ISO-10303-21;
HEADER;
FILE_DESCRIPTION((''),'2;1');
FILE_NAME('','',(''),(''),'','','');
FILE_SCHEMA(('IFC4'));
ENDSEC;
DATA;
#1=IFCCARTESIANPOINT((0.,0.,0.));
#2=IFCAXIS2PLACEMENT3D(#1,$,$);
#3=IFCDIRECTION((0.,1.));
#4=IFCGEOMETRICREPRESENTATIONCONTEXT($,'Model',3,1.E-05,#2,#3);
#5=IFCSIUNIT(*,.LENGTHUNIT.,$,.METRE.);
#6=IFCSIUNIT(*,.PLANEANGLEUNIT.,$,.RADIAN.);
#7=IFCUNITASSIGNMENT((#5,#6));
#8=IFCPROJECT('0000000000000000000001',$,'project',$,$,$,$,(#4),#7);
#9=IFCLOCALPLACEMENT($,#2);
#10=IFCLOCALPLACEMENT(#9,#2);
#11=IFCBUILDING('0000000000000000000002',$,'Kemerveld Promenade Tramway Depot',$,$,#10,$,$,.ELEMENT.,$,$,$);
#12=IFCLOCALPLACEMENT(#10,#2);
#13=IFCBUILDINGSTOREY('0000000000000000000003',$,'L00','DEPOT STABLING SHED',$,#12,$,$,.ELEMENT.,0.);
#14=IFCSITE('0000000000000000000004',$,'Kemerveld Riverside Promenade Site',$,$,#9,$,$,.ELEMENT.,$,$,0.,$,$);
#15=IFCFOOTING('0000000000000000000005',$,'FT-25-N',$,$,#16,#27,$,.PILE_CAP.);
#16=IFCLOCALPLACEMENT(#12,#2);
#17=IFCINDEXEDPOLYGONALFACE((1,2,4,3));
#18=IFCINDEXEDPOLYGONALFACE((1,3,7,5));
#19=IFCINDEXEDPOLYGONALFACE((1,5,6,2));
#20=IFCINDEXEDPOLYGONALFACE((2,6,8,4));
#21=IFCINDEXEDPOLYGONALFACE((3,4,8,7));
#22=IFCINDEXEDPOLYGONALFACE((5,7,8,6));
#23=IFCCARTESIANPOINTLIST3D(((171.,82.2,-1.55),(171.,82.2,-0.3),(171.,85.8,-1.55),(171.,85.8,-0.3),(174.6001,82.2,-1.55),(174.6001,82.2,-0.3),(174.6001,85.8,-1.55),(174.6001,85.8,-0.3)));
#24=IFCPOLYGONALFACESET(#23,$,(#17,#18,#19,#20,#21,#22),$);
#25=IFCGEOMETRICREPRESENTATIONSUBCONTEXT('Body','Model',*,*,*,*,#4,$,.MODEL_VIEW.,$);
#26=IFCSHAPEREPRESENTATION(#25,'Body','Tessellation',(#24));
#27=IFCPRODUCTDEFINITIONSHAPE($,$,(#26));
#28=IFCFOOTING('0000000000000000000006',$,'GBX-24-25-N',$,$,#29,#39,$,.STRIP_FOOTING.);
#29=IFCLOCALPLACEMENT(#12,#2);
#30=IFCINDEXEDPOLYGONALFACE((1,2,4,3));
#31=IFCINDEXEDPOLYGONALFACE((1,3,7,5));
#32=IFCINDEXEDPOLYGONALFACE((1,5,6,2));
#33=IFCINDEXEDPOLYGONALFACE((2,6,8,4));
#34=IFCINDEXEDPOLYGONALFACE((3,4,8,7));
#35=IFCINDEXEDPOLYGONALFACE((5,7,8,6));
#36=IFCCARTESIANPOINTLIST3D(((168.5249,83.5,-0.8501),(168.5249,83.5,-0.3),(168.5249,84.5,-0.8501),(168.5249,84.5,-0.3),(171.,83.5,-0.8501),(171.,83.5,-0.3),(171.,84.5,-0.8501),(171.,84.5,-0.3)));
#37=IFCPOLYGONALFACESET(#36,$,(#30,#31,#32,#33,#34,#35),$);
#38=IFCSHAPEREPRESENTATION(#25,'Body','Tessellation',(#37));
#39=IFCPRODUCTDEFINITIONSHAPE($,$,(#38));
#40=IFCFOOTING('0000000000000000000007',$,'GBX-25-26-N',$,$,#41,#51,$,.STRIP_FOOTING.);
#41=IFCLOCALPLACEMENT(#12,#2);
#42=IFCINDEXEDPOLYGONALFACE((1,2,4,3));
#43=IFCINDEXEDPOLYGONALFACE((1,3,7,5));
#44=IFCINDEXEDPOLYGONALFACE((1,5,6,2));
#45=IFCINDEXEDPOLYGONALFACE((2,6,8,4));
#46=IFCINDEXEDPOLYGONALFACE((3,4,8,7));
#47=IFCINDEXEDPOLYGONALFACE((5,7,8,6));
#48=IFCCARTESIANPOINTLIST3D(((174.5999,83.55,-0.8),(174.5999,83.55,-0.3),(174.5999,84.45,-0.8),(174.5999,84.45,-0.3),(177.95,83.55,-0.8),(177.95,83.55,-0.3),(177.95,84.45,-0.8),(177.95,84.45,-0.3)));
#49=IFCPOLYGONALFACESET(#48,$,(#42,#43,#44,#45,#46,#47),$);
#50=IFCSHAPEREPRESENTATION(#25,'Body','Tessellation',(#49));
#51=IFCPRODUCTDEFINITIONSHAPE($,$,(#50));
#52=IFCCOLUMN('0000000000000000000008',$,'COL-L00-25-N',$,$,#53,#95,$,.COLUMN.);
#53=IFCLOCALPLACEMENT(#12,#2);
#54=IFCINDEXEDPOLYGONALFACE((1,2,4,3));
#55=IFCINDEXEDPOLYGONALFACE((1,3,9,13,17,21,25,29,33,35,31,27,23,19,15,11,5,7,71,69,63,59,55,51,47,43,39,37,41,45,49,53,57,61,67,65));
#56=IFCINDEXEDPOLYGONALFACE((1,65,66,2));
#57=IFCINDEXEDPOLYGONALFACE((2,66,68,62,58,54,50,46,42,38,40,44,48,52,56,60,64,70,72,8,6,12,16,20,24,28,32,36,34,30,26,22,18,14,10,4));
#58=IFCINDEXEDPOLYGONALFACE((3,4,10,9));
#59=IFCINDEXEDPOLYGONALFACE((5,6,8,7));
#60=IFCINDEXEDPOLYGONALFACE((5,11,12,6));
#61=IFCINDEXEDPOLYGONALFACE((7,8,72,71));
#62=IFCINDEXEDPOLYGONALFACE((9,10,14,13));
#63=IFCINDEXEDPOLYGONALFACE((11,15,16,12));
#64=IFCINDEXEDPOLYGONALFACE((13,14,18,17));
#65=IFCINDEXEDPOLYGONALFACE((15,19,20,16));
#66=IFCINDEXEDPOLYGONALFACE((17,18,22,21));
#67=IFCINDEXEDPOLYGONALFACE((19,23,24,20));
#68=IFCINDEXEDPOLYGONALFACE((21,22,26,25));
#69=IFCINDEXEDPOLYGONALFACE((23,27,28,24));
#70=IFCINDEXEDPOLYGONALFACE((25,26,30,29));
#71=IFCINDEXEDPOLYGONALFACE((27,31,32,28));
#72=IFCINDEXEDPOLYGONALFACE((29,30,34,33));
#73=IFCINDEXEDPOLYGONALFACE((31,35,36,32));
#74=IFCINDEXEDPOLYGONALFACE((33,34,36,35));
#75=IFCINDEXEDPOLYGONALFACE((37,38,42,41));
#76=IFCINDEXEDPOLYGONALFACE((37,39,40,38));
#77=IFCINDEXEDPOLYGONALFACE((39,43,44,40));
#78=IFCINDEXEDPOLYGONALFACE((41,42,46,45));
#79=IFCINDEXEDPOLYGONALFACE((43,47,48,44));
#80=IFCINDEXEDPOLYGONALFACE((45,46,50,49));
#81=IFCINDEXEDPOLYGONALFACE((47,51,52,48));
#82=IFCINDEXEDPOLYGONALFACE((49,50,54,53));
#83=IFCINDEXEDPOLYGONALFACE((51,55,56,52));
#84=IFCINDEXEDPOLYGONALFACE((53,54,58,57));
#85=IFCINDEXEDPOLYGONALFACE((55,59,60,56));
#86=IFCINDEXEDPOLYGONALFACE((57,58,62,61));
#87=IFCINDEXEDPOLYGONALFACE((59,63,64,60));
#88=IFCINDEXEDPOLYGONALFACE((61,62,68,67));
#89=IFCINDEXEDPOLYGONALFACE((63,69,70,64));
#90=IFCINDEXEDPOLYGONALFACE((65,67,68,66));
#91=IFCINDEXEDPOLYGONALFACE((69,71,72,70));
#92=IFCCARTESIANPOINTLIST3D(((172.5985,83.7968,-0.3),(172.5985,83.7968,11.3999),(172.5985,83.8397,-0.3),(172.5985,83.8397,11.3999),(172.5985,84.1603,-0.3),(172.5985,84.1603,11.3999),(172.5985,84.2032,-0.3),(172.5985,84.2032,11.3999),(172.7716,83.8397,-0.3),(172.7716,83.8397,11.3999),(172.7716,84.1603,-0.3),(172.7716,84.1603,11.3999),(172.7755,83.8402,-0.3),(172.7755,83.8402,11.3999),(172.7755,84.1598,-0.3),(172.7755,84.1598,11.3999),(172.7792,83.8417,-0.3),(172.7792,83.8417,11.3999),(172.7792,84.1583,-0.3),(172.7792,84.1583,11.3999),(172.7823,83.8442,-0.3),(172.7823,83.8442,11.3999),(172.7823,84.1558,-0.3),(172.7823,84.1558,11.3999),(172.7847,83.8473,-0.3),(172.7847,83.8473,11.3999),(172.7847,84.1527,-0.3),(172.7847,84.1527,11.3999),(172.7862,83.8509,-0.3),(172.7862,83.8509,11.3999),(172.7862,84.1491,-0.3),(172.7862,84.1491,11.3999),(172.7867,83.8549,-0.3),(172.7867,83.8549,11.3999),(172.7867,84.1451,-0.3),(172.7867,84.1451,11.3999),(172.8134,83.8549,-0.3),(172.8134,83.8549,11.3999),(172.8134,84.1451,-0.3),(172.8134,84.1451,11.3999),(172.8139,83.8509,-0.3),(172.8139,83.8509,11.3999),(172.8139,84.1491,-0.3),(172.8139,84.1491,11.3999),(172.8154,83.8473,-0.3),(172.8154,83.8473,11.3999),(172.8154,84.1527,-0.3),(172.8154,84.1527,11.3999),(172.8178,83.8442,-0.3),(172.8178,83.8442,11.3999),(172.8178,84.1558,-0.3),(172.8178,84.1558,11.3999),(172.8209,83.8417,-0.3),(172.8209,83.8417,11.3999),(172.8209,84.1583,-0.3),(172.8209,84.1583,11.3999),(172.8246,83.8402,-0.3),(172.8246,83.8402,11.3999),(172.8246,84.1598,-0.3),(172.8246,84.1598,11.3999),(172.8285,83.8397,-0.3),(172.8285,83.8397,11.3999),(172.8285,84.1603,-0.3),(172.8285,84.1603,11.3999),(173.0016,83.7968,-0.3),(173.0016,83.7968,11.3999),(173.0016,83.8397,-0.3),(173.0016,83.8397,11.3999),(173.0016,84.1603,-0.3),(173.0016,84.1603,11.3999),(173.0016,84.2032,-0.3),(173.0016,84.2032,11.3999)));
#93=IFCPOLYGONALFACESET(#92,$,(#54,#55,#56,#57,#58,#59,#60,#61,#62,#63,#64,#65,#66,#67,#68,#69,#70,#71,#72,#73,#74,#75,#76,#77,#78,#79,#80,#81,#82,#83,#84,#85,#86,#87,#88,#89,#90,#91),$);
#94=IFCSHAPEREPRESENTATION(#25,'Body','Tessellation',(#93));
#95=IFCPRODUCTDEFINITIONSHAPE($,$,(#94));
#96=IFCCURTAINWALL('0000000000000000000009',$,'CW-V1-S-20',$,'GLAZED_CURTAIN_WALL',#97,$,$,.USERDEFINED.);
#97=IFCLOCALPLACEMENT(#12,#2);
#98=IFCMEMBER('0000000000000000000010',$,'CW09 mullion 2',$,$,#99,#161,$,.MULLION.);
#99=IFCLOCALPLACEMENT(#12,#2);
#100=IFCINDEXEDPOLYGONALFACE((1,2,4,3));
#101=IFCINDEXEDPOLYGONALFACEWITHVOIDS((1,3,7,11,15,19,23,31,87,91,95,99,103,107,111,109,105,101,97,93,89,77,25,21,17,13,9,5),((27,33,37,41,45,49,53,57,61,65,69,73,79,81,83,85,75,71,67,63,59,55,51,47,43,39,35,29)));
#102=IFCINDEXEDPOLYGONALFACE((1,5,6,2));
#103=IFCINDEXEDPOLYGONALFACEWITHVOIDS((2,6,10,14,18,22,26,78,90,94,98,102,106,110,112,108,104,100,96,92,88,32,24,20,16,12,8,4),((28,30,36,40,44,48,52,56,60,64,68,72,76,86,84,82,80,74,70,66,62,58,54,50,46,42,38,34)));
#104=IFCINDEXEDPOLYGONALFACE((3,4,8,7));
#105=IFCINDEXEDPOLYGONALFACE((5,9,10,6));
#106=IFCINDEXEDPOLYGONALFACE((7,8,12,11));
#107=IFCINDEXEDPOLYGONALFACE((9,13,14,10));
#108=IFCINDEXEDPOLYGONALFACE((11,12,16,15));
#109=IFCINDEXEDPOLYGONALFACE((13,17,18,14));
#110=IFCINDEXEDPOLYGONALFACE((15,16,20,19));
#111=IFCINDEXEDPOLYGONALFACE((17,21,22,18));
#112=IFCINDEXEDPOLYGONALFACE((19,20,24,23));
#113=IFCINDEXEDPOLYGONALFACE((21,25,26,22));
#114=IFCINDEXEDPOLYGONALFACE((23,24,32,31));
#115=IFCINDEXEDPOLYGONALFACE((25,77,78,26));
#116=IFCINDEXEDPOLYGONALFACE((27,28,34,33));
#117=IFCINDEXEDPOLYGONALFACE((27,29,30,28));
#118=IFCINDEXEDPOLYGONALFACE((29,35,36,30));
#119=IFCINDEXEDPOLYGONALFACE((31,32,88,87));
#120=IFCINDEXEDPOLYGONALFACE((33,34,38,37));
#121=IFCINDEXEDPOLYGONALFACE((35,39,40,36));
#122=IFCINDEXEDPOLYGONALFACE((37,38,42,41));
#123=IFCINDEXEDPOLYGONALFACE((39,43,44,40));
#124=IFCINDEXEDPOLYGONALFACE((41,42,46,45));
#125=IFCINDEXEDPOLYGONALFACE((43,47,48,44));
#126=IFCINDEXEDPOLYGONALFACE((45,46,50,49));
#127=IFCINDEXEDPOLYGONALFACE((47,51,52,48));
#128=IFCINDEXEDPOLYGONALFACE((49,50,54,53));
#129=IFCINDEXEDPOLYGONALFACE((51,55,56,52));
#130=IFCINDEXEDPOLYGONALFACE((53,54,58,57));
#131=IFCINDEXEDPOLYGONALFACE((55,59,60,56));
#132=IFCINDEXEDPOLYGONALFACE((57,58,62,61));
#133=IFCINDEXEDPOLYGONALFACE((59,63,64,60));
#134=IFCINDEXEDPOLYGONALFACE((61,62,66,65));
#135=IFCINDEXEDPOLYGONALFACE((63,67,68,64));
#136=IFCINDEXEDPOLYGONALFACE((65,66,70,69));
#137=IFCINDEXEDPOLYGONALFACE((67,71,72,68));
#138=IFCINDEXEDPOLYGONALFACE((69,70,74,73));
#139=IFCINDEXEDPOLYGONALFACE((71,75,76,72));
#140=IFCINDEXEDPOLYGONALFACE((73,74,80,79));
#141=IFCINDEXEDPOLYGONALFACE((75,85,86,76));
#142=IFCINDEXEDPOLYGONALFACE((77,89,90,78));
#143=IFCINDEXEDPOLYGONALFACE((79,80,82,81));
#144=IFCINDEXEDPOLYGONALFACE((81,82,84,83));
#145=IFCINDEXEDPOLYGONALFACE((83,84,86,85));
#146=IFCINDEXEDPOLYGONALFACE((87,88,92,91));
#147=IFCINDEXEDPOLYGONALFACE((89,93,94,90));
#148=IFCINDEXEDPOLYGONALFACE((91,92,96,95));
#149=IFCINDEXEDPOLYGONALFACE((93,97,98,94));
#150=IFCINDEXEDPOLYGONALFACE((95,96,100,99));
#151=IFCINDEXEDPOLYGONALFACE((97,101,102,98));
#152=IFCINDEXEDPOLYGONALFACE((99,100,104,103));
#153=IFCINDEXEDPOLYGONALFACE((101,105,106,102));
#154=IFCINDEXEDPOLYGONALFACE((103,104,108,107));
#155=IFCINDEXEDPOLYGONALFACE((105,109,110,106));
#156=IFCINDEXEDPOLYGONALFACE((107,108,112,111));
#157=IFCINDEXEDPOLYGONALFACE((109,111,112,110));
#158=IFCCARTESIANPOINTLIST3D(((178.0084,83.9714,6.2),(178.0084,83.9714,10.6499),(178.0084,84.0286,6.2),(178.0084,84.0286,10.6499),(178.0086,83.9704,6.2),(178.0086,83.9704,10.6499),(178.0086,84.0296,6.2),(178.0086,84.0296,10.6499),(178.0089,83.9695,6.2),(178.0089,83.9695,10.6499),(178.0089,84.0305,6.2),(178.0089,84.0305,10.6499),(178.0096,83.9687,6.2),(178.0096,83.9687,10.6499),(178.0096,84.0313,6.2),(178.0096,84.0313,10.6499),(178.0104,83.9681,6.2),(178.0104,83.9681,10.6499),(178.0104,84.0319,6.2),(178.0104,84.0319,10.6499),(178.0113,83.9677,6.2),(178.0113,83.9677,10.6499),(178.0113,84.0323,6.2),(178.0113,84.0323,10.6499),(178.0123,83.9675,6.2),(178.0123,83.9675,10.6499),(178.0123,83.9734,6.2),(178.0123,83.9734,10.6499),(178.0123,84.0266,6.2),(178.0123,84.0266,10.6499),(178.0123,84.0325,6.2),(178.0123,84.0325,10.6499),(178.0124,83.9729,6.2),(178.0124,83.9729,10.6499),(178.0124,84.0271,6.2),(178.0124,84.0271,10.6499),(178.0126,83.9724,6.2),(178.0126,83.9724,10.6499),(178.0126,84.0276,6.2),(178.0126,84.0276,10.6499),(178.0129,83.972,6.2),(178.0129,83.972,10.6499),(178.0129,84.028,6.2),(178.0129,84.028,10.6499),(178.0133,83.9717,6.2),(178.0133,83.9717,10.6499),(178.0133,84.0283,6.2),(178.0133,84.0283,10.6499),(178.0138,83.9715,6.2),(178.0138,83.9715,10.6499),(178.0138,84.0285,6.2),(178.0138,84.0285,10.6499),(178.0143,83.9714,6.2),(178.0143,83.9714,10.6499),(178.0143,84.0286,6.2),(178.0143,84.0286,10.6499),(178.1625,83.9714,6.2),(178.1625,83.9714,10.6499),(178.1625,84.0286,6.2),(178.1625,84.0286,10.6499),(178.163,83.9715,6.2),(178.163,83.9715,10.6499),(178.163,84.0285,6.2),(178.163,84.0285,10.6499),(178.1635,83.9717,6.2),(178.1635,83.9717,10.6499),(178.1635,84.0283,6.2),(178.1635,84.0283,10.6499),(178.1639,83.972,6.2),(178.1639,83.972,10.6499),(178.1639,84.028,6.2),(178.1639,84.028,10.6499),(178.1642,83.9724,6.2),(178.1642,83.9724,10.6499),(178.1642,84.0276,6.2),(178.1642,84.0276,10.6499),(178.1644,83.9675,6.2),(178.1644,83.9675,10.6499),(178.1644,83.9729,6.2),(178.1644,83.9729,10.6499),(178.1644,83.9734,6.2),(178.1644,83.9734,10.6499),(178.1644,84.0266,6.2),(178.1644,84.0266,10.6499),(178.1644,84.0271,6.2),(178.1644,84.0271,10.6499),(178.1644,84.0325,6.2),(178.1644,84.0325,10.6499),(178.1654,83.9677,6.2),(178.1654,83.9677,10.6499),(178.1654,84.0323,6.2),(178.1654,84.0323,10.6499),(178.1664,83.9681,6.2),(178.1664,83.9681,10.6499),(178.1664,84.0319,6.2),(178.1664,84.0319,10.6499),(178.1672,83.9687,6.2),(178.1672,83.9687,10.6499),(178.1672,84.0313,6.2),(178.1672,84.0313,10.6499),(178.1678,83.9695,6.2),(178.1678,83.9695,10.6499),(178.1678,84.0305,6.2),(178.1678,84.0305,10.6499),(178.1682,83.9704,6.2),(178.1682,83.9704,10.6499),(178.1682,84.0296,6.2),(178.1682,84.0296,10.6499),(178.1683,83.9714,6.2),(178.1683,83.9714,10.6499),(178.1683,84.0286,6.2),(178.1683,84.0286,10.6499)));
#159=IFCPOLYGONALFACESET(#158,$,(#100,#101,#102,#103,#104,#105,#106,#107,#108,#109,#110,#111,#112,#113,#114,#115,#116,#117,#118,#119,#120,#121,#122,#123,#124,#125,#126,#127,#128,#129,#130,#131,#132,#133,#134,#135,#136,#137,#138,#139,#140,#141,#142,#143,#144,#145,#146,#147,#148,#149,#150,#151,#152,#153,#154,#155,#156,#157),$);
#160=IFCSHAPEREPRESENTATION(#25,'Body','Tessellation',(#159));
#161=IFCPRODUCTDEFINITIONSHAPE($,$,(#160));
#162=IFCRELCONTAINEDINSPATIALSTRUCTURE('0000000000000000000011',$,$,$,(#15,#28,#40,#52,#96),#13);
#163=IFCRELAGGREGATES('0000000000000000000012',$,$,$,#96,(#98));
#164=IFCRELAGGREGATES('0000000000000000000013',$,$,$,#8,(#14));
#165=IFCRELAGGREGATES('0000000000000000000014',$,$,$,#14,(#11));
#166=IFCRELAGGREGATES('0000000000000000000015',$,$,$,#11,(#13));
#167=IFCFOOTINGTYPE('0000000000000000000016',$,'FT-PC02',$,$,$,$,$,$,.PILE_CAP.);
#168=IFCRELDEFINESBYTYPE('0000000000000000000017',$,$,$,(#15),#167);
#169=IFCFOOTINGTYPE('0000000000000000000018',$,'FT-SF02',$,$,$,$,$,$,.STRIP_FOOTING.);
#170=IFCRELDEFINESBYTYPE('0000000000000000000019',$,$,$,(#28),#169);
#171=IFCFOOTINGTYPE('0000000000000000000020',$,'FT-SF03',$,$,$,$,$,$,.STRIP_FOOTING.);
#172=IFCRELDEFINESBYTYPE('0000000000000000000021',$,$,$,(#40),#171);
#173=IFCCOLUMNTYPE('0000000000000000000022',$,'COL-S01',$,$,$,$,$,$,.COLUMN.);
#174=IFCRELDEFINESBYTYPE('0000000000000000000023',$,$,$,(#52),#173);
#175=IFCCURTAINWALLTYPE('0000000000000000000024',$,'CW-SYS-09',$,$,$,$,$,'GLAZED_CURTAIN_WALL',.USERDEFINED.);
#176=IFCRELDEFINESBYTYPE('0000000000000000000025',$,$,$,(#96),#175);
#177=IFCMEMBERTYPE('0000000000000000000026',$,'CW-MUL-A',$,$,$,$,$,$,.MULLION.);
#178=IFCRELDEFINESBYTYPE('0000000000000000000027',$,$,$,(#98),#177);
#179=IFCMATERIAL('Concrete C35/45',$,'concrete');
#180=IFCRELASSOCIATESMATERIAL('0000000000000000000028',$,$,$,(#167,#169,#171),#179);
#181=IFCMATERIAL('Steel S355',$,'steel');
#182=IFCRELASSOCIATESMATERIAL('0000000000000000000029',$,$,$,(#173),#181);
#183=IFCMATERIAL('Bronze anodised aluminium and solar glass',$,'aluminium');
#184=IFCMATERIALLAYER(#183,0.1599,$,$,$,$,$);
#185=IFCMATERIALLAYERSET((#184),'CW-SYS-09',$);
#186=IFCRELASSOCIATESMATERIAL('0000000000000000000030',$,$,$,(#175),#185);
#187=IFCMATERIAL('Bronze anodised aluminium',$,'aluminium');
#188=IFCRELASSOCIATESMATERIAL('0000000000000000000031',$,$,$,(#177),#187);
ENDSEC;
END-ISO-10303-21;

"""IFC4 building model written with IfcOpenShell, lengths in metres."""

from ifc_helpers import new_model, si_unit, direction, frame, origin, origin_2d, place, context, subcontext, project, spatial, rectangle, hollow_rectangle, i_section, extrude, material, layer, layer_set, material_profile, profile_set, type_object, element, aggregate, save


model = new_model("IFC4")

# Units and contexts
model_context = context("Model", 3, precision=1e-05, world=origin(), true_north=direction((0.0, 1.0)))
body_context = subcontext(model_context, "Body", "Model", "MODEL_VIEW")
ifc_project = project(units=[si_unit("LENGTHUNIT", "METRE"), si_unit("PLANEANGLEUNIT", "RADIAN")], contexts=[model_context])

# Site, building, storey
site_placement = place(None, origin())
site = spatial("IfcSite", under=ifc_project, at=site_placement, Name="Kemerveld Riverside Promenade Site", CompositionType="ELEMENT", RefElevation=0.0)
building_placement = place(site_placement, origin())
building = spatial("IfcBuilding", under=site, at=building_placement, Name="Kemerveld Promenade Tramway Depot", CompositionType="ELEMENT")
storey_placement = place(building_placement, origin())
storey = spatial("IfcBuildingStorey", under=building, at=storey_placement, Name="L00", Description="DEPOT STABLING SHED", CompositionType="ELEMENT", Elevation=0.0)

# Footings
ifc_material_1 = material(Name="Concrete C35/45", Category="concrete")
footing_type_1 = type_object("IfcFootingType", Name="FT-PC02", PredefinedType="PILE_CAP", material=ifc_material_1)
footing_1_placement = place(storey_placement, frame((172.8, 84.0, -1.55), z_axis=(0.0, 0.0, 1.0), x_axis=(1.0, 0.0, 0.0)))
element("IfcFooting", 1, at=footing_1_placement, inside=storey, type_object=footing_type_1, Name="FT-25-N", PredefinedType="PILE_CAP", context=body_context, shape_type="SweptSolid", body=[
    extrude(rectangle(XDim=3.6001, YDim=3.6001, at=origin_2d()), origin(), (0.0, 0.0, 1.0), 1.25),
])
footing_type_2 = type_object("IfcFootingType", Name="FT-SF02", PredefinedType="STRIP_FOOTING", material=ifc_material_1)
footing_2_placement = place(storey_placement, frame((169.7625, 84.0, -0.8501), z_axis=(0.0, 0.0, 1.0), x_axis=(1.0, 0.0, 0.0)))
element("IfcFooting", 2, at=footing_2_placement, inside=storey, type_object=footing_type_2, Name="GBX-24-25-N", PredefinedType="STRIP_FOOTING", context=body_context, shape_type="SweptSolid", body=[
    extrude(rectangle(XDim=2.4751, YDim=1.0, at=origin_2d()), origin(), (0.0, 0.0, 1.0), 0.55),
])
footing_type_3 = type_object("IfcFootingType", Name="FT-SF03", PredefinedType="STRIP_FOOTING", material=ifc_material_1)
footing_3_placement = place(storey_placement, frame((176.2749, 84.0, -0.8), z_axis=(0.0, 0.0, 1.0), x_axis=(1.0, 0.0, 0.0)))
element("IfcFooting", 3, at=footing_3_placement, inside=storey, type_object=footing_type_3, Name="GBX-25-26-N", PredefinedType="STRIP_FOOTING", context=body_context, shape_type="SweptSolid", body=[
    extrude(rectangle(XDim=3.3501, YDim=0.8999, at=origin_2d()), origin(), (0.0, 0.0, 1.0), 0.5),
])

# Column
ifc_material_2 = material(Name="Steel S355", Category="steel")
ifc_material_profile_1 = material_profile(ifc_material_2, i_section(OverallWidth=0.4031, OverallDepth=0.4065, WebThickness=0.0266, FlangeThickness=0.043, FilletRadius=0.0151, at=origin_2d()), Name="356x406x340 UC")
ifc_profile_set_1 = profile_set([ifc_material_profile_1], Name="Steel S355")
column_type = type_object("IfcColumnType", Name="COL-S01", PredefinedType="COLUMN", material=ifc_profile_set_1)
column_placement = place(storey_placement, frame((172.8, 84.0, -0.3), z_axis=(0.0, 0.0, 1.0), x_axis=(1.0, 0.0, 0.0)))
element("IfcColumn", 4, at=column_placement, inside=storey, type_object=column_type, Name="COL-L00-25-N", PredefinedType="COLUMN", context=body_context, shape_type="SweptSolid", body=[
    extrude(i_section(OverallWidth=0.4031, OverallDepth=0.4065, WebThickness=0.0266, FlangeThickness=0.043, FilletRadius=0.0151, at=origin_2d()), origin(), (0.0, 0.0, 1.0), 11.7),
])

# Curtain wall, member
ifc_material_3 = material(Name="Bronze anodised aluminium and solar glass", Category="aluminium")
ifc_layer_1 = layer(ifc_material_3, 0.1599)
ifc_layer_set_1 = layer_set([ifc_layer_1], Name="CW-SYS-09")
curtain_wall_type_1 = type_object("IfcCurtainWallType", Name="CW-SYS-09", ElementType="GLAZED_CURTAIN_WALL", PredefinedType="USERDEFINED", material=ifc_layer_set_1)
curtain_wall_1_placement = place(storey_placement, origin())
curtain_wall_1 = element("IfcCurtainWall", 5, at=curtain_wall_1_placement, inside=storey, type_object=curtain_wall_type_1, Name="CW-V1-S-20", ObjectType="GLAZED_CURTAIN_WALL", PredefinedType="USERDEFINED")
ifc_material_4 = material(Name="Bronze anodised aluminium", Category="aluminium")
ifc_material_profile_2 = material_profile(ifc_material_4, hollow_rectangle(XDim=0.0649, YDim=0.1599, WallThickness=0.0039, InnerFilletRadius=0.002, OuterFilletRadius=0.0039, at=origin_2d()), Name="CW-MUL-160x65")
ifc_profile_set_2 = profile_set([ifc_material_profile_2], Name="Bronze anodised aluminium")
member_type_1 = type_object("IfcMemberType", Name="CW-MUL-A", PredefinedType="MULLION", material=ifc_profile_set_2)
member_1_placement = place(storey_placement, frame((178.0884, 84.0, 6.2), z_axis=(0.0, 0.0, 1.0), x_axis=(0.0, -1.0, 0.0)))
member_1 = element("IfcMember", 6, at=member_1_placement, type_object=member_type_1, Name="CW09 mullion 2", PredefinedType="MULLION", context=body_context, shape_type="SweptSolid", body=[
    extrude(hollow_rectangle(XDim=0.0649, YDim=0.1599, WallThickness=0.0039, InnerFilletRadius=0.002, OuterFilletRadius=0.0039, at=origin_2d()), origin(), (0.0, 0.0, 1.0), 4.45),
])

aggregate(curtain_wall_1, [member_1])

save(model, "model.ifc")
